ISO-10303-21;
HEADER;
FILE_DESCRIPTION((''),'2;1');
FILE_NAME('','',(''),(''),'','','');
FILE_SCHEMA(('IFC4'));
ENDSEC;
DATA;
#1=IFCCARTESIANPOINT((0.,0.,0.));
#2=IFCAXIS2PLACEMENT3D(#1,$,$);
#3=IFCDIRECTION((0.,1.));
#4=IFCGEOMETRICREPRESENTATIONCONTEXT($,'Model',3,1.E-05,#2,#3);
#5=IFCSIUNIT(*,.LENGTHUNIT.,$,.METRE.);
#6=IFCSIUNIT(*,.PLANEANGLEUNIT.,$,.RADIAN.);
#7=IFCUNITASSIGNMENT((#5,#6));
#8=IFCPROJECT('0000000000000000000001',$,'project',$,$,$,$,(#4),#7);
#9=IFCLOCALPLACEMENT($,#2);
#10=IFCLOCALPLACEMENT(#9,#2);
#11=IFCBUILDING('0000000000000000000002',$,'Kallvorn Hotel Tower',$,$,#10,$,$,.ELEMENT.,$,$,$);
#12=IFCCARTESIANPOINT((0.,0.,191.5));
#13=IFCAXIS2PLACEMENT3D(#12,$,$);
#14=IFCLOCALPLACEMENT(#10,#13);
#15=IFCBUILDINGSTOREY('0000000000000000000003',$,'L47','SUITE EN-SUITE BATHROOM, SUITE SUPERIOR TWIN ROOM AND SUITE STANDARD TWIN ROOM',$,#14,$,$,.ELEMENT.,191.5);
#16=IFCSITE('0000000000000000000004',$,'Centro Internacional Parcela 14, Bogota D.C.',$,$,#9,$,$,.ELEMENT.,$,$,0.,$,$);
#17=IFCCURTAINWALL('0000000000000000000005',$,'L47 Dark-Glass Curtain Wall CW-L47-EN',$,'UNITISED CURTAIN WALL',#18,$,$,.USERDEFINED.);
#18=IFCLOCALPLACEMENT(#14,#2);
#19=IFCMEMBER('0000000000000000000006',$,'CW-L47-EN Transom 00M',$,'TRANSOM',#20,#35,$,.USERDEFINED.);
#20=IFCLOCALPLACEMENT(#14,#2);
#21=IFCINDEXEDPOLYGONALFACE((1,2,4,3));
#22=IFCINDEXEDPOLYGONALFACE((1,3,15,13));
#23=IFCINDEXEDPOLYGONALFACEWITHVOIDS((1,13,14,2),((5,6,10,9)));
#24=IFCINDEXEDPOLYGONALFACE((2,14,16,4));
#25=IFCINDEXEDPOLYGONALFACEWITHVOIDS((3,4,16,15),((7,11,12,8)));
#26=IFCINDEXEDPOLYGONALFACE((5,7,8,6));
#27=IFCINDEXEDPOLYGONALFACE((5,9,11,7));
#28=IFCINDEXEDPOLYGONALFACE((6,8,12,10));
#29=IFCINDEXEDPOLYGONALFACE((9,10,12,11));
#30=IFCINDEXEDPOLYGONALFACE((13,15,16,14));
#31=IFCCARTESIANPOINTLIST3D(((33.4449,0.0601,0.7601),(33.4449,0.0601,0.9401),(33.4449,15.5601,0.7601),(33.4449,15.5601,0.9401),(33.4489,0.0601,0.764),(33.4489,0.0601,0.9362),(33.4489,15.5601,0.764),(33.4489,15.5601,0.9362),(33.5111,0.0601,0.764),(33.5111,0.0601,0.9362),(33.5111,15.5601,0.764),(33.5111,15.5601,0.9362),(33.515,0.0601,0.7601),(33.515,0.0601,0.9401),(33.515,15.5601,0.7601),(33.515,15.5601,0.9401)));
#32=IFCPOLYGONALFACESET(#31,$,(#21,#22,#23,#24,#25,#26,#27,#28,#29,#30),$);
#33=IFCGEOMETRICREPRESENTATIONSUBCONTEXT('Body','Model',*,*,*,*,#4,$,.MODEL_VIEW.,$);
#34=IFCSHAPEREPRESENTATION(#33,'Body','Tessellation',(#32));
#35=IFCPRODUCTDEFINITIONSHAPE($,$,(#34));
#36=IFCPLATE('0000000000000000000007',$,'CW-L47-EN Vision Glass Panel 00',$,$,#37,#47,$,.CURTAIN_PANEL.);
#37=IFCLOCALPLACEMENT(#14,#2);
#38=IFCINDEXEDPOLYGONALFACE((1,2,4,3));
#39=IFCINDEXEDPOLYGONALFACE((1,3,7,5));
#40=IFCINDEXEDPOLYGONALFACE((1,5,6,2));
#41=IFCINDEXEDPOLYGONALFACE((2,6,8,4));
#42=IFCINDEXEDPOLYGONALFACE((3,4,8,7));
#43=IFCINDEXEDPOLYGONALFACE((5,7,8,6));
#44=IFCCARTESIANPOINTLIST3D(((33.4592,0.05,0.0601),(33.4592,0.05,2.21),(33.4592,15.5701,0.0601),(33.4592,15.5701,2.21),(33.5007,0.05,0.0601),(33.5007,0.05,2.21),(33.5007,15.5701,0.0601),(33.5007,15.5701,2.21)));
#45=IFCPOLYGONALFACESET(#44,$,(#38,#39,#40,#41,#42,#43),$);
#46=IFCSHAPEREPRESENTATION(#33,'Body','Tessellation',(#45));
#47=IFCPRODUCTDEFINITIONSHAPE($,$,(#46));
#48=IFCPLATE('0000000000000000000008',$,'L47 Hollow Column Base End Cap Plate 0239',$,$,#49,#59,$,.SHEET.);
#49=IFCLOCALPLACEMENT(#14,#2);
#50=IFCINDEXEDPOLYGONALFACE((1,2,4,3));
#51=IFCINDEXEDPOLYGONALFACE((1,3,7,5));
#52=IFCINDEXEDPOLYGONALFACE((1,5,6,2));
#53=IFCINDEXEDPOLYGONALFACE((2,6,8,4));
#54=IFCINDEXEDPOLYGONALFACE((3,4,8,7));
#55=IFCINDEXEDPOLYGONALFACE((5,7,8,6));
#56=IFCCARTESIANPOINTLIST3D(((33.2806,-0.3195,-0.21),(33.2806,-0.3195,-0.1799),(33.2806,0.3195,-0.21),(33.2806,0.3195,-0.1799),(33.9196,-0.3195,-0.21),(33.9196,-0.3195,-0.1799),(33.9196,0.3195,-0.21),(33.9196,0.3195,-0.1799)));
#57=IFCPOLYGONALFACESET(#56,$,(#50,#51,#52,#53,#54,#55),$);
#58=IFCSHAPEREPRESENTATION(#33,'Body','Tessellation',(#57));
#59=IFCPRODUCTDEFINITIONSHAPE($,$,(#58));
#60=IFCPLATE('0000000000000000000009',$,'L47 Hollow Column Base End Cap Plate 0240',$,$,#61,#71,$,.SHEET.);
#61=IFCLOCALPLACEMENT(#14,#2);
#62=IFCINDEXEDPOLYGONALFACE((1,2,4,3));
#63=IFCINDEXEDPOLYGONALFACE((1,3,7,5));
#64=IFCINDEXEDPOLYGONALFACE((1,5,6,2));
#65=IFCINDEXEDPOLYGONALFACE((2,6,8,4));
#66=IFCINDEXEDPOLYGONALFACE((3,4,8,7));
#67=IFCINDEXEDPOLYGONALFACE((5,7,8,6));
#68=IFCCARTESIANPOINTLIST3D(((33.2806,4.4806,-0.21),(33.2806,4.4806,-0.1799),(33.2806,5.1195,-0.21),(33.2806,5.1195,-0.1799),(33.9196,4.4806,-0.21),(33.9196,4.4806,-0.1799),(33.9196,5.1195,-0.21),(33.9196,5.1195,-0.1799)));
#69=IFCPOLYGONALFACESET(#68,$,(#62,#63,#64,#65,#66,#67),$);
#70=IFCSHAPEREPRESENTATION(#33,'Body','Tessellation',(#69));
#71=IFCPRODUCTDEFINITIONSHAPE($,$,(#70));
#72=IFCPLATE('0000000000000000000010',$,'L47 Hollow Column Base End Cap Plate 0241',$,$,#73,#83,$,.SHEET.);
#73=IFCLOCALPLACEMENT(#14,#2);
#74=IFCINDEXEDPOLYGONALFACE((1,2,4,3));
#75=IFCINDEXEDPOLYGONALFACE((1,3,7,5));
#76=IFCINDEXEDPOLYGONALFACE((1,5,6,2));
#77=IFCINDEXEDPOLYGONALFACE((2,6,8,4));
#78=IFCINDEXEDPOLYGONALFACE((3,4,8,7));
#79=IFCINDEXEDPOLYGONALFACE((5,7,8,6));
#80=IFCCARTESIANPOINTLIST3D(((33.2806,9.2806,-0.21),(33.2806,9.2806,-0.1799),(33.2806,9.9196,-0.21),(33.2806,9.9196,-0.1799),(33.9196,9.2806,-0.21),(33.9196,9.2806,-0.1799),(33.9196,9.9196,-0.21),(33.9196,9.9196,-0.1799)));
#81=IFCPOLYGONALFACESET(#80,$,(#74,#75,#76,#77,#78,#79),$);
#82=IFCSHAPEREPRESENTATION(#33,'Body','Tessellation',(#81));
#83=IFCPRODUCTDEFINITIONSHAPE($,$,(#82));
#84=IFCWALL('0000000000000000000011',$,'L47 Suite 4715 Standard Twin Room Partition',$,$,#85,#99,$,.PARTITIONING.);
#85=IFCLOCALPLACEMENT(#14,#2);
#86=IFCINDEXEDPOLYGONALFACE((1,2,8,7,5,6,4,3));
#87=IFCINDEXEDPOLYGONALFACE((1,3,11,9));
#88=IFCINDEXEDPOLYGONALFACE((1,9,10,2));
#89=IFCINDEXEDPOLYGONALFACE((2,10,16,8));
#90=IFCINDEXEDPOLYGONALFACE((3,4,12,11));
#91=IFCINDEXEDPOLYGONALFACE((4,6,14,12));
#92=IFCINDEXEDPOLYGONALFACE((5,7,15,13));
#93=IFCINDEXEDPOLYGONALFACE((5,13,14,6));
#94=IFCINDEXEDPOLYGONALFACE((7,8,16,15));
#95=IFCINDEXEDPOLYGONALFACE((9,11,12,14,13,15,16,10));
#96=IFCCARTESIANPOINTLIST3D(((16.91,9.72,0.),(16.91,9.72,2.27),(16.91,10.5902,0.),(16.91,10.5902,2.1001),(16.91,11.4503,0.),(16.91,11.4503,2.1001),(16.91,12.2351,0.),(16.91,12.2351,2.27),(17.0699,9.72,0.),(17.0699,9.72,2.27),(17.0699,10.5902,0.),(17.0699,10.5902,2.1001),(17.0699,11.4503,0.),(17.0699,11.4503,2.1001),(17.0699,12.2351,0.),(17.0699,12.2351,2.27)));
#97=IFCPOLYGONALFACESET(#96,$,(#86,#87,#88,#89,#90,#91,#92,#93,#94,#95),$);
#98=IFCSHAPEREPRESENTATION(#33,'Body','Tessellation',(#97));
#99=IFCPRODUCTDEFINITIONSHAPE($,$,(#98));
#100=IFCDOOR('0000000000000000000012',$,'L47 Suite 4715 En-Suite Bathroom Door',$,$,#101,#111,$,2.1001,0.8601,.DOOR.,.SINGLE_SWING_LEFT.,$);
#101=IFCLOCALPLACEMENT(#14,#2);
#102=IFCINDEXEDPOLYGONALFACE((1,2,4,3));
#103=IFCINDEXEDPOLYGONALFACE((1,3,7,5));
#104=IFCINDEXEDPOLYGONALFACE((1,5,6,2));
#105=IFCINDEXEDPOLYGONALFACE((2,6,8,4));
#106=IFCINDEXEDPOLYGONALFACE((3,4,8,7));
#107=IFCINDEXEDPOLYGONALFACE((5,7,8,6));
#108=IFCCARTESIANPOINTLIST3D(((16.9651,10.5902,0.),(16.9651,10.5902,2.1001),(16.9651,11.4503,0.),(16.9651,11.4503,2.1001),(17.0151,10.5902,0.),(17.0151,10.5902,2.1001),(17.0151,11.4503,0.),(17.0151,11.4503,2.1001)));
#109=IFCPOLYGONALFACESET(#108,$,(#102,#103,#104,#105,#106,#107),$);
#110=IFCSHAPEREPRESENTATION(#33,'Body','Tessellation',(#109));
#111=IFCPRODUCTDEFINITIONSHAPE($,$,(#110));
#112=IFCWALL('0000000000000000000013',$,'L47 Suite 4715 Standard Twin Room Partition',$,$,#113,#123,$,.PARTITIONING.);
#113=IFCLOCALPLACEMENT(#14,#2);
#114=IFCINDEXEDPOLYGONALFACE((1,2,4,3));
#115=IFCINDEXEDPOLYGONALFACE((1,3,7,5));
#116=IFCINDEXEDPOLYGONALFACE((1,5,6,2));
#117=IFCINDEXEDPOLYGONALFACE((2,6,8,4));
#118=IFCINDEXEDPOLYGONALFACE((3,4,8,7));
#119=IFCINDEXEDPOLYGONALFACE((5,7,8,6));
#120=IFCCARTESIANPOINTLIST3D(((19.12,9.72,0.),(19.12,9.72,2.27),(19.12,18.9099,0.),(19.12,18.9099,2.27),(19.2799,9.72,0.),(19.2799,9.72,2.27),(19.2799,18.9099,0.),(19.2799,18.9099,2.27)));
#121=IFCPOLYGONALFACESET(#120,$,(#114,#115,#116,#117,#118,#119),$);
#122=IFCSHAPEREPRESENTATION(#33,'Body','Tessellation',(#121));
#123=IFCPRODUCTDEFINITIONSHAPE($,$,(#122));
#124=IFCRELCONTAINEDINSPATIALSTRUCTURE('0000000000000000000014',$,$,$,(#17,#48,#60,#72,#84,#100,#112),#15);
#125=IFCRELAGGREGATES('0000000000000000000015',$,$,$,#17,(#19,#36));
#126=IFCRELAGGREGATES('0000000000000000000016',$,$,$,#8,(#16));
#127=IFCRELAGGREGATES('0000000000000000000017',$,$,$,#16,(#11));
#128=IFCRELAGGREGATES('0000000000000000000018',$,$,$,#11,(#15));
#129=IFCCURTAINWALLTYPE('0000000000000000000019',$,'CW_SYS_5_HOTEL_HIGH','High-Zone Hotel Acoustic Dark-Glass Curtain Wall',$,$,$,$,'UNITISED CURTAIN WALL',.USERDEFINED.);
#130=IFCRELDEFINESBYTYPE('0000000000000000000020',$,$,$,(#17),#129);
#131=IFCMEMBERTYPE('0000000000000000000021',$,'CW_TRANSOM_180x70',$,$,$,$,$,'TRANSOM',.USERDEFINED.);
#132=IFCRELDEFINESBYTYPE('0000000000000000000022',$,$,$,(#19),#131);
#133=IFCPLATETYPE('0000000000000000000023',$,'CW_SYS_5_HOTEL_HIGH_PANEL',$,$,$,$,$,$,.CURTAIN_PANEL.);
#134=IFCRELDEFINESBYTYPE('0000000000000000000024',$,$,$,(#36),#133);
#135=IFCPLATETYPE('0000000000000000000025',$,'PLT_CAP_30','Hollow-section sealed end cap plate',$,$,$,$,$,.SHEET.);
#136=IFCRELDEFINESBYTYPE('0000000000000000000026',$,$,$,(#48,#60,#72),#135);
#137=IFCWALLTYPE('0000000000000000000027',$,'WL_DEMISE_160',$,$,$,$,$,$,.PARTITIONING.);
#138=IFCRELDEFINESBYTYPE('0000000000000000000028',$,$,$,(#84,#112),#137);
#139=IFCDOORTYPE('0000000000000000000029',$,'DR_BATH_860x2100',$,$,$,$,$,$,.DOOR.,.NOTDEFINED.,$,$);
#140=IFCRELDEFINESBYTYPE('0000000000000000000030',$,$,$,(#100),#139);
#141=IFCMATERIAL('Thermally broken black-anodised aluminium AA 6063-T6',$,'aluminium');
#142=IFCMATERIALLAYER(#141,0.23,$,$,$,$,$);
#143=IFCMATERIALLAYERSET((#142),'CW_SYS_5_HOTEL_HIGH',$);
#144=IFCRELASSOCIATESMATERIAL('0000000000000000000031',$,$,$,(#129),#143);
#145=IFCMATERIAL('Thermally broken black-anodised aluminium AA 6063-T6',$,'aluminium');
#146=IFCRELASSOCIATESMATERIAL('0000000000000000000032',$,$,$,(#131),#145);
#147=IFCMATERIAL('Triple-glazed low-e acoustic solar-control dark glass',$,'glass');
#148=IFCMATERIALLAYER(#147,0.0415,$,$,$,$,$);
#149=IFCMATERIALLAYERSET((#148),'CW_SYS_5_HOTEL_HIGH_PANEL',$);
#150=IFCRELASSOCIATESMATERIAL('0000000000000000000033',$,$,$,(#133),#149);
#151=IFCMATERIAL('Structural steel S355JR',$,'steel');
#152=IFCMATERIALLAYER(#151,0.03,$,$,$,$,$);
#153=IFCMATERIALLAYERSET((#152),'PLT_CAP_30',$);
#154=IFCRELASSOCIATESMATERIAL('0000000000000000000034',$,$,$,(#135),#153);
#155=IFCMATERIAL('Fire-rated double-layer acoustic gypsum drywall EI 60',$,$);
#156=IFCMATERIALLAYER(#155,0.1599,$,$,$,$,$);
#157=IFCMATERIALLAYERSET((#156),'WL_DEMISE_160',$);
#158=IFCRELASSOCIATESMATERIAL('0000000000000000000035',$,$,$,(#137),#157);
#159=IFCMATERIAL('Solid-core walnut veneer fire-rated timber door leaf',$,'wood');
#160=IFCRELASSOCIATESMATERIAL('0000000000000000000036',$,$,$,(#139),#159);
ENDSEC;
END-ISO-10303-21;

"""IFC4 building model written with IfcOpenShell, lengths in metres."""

from ifc_helpers import new_model, si_unit, direction, frame, frame_2d, origin, origin_2d, place, context, subcontext, project, spatial, rectangle, hollow_rectangle, extrude, material, layer, layer_set, material_profile, profile_set, type_object, element, fill, aggregate, save


model = new_model("IFC4")

# Units and contexts
model_context = context("Model", 3, precision=1e-05, world=origin(), true_north=direction((0.0, 1.0)))
body_context = subcontext(model_context, "Body", "Model", "MODEL_VIEW")
ifc_project = project(units=[si_unit("LENGTHUNIT", "METRE"), si_unit("PLANEANGLEUNIT", "RADIAN")], contexts=[model_context])

# Site, building, storey
site_placement = place(None, origin())
site = spatial("IfcSite", under=ifc_project, at=site_placement, Name="Centro Internacional Parcela 14, Bogota D.C.", CompositionType="ELEMENT", RefElevation=0.0)
building_placement = place(site_placement, origin())
building = spatial("IfcBuilding", under=site, at=building_placement, Name="Kallvorn Hotel Tower", CompositionType="ELEMENT")
storey_placement = place(building_placement, frame((0.0, 0.0, 191.5)))
storey = spatial("IfcBuildingStorey", under=building, at=storey_placement, Name="L47", Description="SUITE EN-SUITE BATHROOM, SUITE SUPERIOR TWIN ROOM AND SUITE STANDARD TWIN ROOM", CompositionType="ELEMENT", Elevation=191.5)

# Curtain wall, member, plate
ifc_material_1 = material(Name="Thermally broken black-anodised aluminium AA 6063-T6", Category="aluminium")
ifc_layer_1 = layer(ifc_material_1, 0.23)
ifc_layer_set_1 = layer_set([ifc_layer_1], Name="CW_SYS_5_HOTEL_HIGH")
curtain_wall_type = type_object("IfcCurtainWallType", Name="CW_SYS_5_HOTEL_HIGH", Description="High-Zone Hotel Acoustic Dark-Glass Curtain Wall", ElementType="UNITISED CURTAIN WALL", PredefinedType="USERDEFINED", material=ifc_layer_set_1)
curtain_wall_placement = place(storey_placement, origin())
curtain_wall = element("IfcCurtainWall", 1, at=curtain_wall_placement, inside=storey, type_object=curtain_wall_type, Name="L47 Dark-Glass Curtain Wall CW-L47-EN", ObjectType="UNITISED CURTAIN WALL", PredefinedType="USERDEFINED")
ifc_material_2 = material(Name="Thermally broken black-anodised aluminium AA 6063-T6", Category="aluminium")
ifc_material_profile_1 = material_profile(ifc_material_2, hollow_rectangle(XDim=0.0701, YDim=0.1799, WallThickness=0.0039, at=origin_2d()), Name="TRN 180x70")
ifc_profile_set_1 = profile_set([ifc_material_profile_1], Name="Thermally broken black-anodised aluminium AA 6063-T6")
member_type_1 = type_object("IfcMemberType", Name="CW_TRANSOM_180x70", ElementType="TRANSOM", PredefinedType="USERDEFINED", material=ifc_profile_set_1)
member_1_placement = place(storey_placement, frame((33.48, 0.0601, 0.8501), z_axis=(0.0, 1.0, 0.0), x_axis=(-1.0, 0.0, 0.0)))
member_1 = element("IfcMember", 2, at=member_1_placement, type_object=member_type_1, Name="CW-L47-EN Transom 00M", ObjectType="TRANSOM", PredefinedType="USERDEFINED", context=body_context, shape_type="SweptSolid", body=[
    extrude(hollow_rectangle(XDim=0.0701, YDim=0.1799, WallThickness=0.0039, at=origin_2d()), origin(), (0.0, 0.0, 1.0), 15.5),
])
ifc_material_3 = material(Name="Triple-glazed low-e acoustic solar-control dark glass", Category="glass")
ifc_layer_2 = layer(ifc_material_3, 0.0415)
ifc_layer_set_2 = layer_set([ifc_layer_2], Name="CW_SYS_5_HOTEL_HIGH_PANEL")
plate_type_1 = type_object("IfcPlateType", Name="CW_SYS_5_HOTEL_HIGH_PANEL", PredefinedType="CURTAIN_PANEL", material=ifc_layer_set_2)
plate_placement = place(storey_placement, frame((33.48, 7.8101, 0.0601), z_axis=(0.0, 0.0, 1.0), x_axis=(0.0, 1.0, 0.0)))
plate = element("IfcPlate", 3, at=plate_placement, type_object=plate_type_1, Name="CW-L47-EN Vision Glass Panel 00", PredefinedType="CURTAIN_PANEL", context=body_context, shape_type="SweptSolid", body=[
    extrude(rectangle(XDim=15.52, YDim=0.0415, at=origin_2d()), origin(), (0.0, 0.0, 1.0), 2.1499),
])
aggregate(curtain_wall, [member_1, plate])

# Plates
ifc_material_4 = material(Name="Structural steel S355JR", Category="steel")
ifc_layer_3 = layer(ifc_material_4, 0.03)
ifc_layer_set_3 = layer_set([ifc_layer_3], Name="PLT_CAP_30")
plate_type_2 = type_object("IfcPlateType", Name="PLT_CAP_30", Description="Hollow-section sealed end cap plate", PredefinedType="SHEET", material=ifc_layer_set_3)
for number, where, z_axis, x_axis, name in (
    (4, (33.6001, 0.0, -0.21), (0.0, 0.0, 1.0), (1.0, 0.0, 0.0), "L47 Hollow Column Base End Cap Plate 0239"),
    (5, (33.6001, 4.8, -0.21), (0.0, 0.0, 1.0), (1.0, 0.0, 0.0), "L47 Hollow Column Base End Cap Plate 0240"),
    (6, (33.6001, 9.6001, -0.21), (0.0, 0.0, 1.0), (1.0, 0.0, 0.0), "L47 Hollow Column Base End Cap Plate 0241"),
):
    element("IfcPlate", number, at=place(storey_placement, frame(where, z_axis=z_axis, x_axis=x_axis)), inside=storey, type_object=plate_type_2, Name=name, PredefinedType="SHEET", context=body_context, shape_type="SweptSolid", body=[
        extrude(rectangle(XDim=0.6389, YDim=0.6389, at=origin_2d()), origin(), (0.0, 0.0, 1.0), 0.03),
    ])

# Wall, opening, door
ifc_material_5 = material(Name="Fire-rated double-layer acoustic gypsum drywall EI 60")
ifc_layer_4 = layer(ifc_material_5, 0.1599)
ifc_layer_set_4 = layer_set([ifc_layer_4], Name="WL_DEMISE_160")
wall_type = type_object("IfcWallType", Name="WL_DEMISE_160", PredefinedType="PARTITIONING", material=ifc_layer_set_4)
wall_1_placement = place(storey_placement, frame((16.99, 9.72, 0.0), z_axis=(0.0, 0.0, 1.0), x_axis=(0.0, 1.0, 0.0)))
wall_1 = element("IfcWall", 7, at=wall_1_placement, inside=storey, type_object=wall_type, Name="L47 Suite 4715 Standard Twin Room Partition", PredefinedType="PARTITIONING", context=body_context, shape_type="SweptSolid", body=[
    extrude(rectangle(XDim=2.5151, YDim=0.1599, at=frame_2d((1.2576, 0.0))), origin(), (0.0, 0.0, 1.0), 2.27),
])
opening_placement = place(wall_1_placement, frame((0.8701, 0.0, 0.0)))
opening = element("IfcOpeningElement", 8, at=opening_placement, cuts=wall_1, PredefinedType="OPENING", context=body_context, shape_type="SweptSolid", body=[
    extrude(rectangle(XDim=0.8601, YDim=2.1001, at=frame_2d((0.4302, 1.05))), frame((0.0, 0.095, 0.0), z_axis=(0.0, -1.0, 0.0), x_axis=(1.0, 0.0, 0.0)), (0.0, 0.0, 1.0), 0.1899),
])
ifc_material_6 = material(Name="Solid-core walnut veneer fire-rated timber door leaf", Category="wood")
door_type = type_object("IfcDoorType", Name="DR_BATH_860x2100", OperationType="NOTDEFINED", PredefinedType="DOOR", material=ifc_material_6)
door_placement = place(opening_placement, origin())
door = element("IfcDoor", 9, at=door_placement, inside=storey, type_object=door_type, Name="L47 Suite 4715 En-Suite Bathroom Door", OperationType="SINGLE_SWING_LEFT", OverallHeight=2.1001, OverallWidth=0.8601, PredefinedType="DOOR", context=body_context, shape_type="SweptSolid", body=[
    extrude(rectangle(XDim=0.8601, YDim=2.1001, at=frame_2d((0.4302, 1.05))), frame((0.0, 0.0249, 0.0), z_axis=(0.0, -1.0, 0.0), x_axis=(1.0, 0.0, 0.0)), (0.0, 0.0, 1.0), 0.05),
])
fill(opening, door)

# Wall
wall_2_placement = place(storey_placement, frame((19.2, 9.72, 0.0), z_axis=(0.0, 0.0, 1.0), x_axis=(0.0, 1.0, 0.0)))
element("IfcWall", 10, at=wall_2_placement, inside=storey, type_object=wall_type, Name="L47 Suite 4715 Standard Twin Room Partition", PredefinedType="PARTITIONING", context=body_context, shape_type="SweptSolid", body=[
    extrude(rectangle(XDim=9.1899, YDim=0.1599, at=frame_2d((4.595, 0.0))), origin(), (0.0, 0.0, 1.0), 2.27),
])

save(model, "model.ifc")
